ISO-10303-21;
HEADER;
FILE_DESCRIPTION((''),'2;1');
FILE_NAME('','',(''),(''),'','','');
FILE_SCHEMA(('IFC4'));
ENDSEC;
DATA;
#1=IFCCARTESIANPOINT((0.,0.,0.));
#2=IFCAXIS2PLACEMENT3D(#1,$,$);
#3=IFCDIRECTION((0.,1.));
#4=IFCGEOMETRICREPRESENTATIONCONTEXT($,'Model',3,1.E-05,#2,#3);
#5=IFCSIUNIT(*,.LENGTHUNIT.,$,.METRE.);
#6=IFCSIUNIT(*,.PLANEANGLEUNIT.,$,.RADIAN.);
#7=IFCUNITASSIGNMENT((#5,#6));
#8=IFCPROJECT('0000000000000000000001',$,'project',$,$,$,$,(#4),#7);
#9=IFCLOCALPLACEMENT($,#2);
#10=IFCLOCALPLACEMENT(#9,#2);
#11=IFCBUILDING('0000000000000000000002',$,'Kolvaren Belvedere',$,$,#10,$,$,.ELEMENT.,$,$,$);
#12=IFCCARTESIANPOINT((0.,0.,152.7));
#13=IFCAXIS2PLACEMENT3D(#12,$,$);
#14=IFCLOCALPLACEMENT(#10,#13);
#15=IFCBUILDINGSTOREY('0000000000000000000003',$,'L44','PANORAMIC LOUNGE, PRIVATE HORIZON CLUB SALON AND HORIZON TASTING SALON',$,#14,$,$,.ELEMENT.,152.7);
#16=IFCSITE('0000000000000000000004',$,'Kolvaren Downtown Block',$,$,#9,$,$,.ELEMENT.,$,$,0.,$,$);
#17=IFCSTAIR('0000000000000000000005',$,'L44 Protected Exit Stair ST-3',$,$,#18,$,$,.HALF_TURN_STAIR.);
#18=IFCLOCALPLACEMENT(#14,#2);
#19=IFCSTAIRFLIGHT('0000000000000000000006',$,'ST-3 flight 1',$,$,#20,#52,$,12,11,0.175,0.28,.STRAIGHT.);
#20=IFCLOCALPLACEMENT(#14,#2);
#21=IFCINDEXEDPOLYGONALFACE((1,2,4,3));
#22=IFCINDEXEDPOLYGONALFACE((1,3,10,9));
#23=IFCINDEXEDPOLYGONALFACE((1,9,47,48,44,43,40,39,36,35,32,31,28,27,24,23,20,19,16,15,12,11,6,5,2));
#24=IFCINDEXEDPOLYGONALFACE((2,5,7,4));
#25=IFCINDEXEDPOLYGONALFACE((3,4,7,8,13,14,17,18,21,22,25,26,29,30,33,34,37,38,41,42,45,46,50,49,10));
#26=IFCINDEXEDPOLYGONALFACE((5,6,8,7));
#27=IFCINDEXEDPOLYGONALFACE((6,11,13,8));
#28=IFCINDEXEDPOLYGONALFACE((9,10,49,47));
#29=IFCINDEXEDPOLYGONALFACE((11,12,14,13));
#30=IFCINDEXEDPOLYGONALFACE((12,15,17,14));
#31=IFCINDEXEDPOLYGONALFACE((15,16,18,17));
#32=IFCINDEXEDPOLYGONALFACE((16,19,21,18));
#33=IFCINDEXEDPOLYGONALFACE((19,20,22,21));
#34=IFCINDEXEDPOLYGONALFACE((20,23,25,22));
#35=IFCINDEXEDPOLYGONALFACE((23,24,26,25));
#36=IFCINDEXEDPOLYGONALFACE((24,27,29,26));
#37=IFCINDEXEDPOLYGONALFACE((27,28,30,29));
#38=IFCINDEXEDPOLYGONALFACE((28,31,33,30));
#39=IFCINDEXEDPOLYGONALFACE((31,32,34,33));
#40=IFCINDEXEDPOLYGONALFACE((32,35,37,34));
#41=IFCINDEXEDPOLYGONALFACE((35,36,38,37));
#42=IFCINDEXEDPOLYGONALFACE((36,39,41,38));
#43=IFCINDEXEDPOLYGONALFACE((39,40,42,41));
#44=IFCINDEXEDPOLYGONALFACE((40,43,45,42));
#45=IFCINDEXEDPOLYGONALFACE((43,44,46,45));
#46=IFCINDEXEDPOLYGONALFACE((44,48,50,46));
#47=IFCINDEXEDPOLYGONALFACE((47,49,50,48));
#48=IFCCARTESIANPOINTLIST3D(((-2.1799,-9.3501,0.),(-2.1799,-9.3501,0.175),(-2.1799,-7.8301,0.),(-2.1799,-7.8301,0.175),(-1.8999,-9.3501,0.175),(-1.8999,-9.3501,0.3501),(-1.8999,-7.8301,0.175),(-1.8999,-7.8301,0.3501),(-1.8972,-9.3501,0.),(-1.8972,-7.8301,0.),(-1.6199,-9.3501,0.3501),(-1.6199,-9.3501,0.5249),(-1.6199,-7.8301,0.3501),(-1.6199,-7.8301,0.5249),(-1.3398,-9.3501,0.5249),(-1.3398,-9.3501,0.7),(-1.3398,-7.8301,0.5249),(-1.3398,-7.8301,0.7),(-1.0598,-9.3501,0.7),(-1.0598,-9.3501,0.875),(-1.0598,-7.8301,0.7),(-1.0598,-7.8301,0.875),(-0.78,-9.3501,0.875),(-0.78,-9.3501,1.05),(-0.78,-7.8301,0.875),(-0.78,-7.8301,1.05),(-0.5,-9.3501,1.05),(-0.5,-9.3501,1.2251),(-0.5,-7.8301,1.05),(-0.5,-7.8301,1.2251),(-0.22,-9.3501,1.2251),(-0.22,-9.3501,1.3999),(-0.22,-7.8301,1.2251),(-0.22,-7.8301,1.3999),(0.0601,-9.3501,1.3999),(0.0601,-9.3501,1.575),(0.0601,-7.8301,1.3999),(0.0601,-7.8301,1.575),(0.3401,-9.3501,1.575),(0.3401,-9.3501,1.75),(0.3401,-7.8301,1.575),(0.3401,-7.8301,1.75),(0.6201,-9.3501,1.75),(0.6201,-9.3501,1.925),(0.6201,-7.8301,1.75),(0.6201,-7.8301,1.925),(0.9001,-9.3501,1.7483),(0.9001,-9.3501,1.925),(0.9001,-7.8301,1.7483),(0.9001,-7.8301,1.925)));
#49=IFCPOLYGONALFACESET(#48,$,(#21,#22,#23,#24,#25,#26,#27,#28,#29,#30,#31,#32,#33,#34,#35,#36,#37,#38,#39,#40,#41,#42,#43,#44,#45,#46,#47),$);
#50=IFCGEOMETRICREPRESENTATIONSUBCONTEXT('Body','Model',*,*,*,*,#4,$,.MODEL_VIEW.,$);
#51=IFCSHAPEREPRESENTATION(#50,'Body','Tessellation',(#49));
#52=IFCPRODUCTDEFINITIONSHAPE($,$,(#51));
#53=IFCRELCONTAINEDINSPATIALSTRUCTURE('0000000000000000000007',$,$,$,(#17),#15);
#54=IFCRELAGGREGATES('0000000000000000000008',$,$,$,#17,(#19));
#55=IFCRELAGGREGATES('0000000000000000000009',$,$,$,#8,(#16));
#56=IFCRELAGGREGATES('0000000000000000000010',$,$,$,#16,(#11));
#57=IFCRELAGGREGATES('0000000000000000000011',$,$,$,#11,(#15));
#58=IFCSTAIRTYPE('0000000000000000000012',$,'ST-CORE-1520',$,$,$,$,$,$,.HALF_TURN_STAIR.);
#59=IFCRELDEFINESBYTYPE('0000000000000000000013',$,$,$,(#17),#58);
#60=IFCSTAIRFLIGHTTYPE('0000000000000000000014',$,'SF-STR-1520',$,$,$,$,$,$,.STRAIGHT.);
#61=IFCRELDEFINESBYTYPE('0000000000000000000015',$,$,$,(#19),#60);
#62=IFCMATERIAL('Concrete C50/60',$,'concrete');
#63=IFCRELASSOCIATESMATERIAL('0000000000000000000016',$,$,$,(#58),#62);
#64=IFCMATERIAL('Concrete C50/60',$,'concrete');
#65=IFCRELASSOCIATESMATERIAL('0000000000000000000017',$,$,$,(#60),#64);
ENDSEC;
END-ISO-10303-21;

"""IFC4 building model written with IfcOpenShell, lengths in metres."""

from ifc_helpers import new_model, si_unit, direction, frame, origin, place, context, subcontext, project, spatial, polyline, outline, extrude, material, type_object, element, aggregate, save


model = new_model("IFC4")

# Units and contexts
model_context = context("Model", 3, precision=1e-05, world=origin(), true_north=direction((0.0, 1.0)))
body_context = subcontext(model_context, "Body", "Model", "MODEL_VIEW")
ifc_project = project(units=[si_unit("LENGTHUNIT", "METRE"), si_unit("PLANEANGLEUNIT", "RADIAN")], contexts=[model_context])

# Site, building, storey
site_placement = place(None, origin())
site = spatial("IfcSite", under=ifc_project, at=site_placement, Name="Kolvaren Downtown Block", CompositionType="ELEMENT", RefElevation=0.0)
building_placement = place(site_placement, origin())
building = spatial("IfcBuilding", under=site, at=building_placement, Name="Kolvaren Belvedere", CompositionType="ELEMENT")
storey_placement = place(building_placement, frame((0.0, 0.0, 152.7)))
storey = spatial("IfcBuildingStorey", under=building, at=storey_placement, Name="L44", Description="PANORAMIC LOUNGE, PRIVATE HORIZON CLUB SALON AND HORIZON TASTING SALON", CompositionType="ELEMENT", Elevation=152.7)

# Stair, stair flight
ifc_material_1 = material(Name="Concrete C50/60", Category="concrete")
stair_type = type_object("IfcStairType", Name="ST-CORE-1520", PredefinedType="HALF_TURN_STAIR", material=ifc_material_1)
stair_placement = place(storey_placement, origin())
stair = element("IfcStair", 1, at=stair_placement, inside=storey, type_object=stair_type, Name="L44 Protected Exit Stair ST-3", PredefinedType="HALF_TURN_STAIR")
ifc_material_2 = material(Name="Concrete C50/60", Category="concrete")
stair_flight_type = type_object("IfcStairFlightType", Name="SF-STR-1520", PredefinedType="STRAIGHT", material=ifc_material_2)
stair_flight_placement = place(storey_placement, frame((-2.1799, -8.5901, 0.0), z_axis=(0.0, 0.0, 1.0), x_axis=(1.0, 0.0, 0.0)))
stair_flight = element("IfcStairFlight", 2, at=stair_flight_placement, type_object=stair_flight_type, Name="ST-3 flight 1", NumberOfRisers=12, NumberOfTreads=11, PredefinedType="STRAIGHT", RiserHeight=0.175, TreadLength=0.28, context=body_context, shape_type="SweptSolid", body=[
    extrude(outline(polyline([(0.0, 0.0), (0.0, 0.175), (0.28, 0.175), (0.28, 0.3501), (0.5601, 0.3501), (0.5601, 0.5249), (0.8401, 0.5249), (0.8401, 0.7), (1.1201, 0.7), (1.1201, 0.875), (1.3999, 0.875), (1.3999, 1.05), (1.6799, 1.05), (1.6799, 1.2251), (1.96, 1.2251), (1.96, 1.3999), (2.24, 1.3999), (2.24, 1.575), (2.52, 1.575), (2.52, 1.75), (2.8, 1.75), (2.8, 1.925), (3.0801, 1.925), (3.0801, 2.1001), (3.0801, 1.7483), (0.2827, 0.0), (0.0, 0.0)])), frame((0.0, 0.76, 0.0), z_axis=(0.0, -1.0, 0.0), x_axis=(1.0, 0.0, 0.0)), (0.0, 0.0, 1.0), 1.52),
])
aggregate(stair, [stair_flight])

save(model, "model.ifc")
